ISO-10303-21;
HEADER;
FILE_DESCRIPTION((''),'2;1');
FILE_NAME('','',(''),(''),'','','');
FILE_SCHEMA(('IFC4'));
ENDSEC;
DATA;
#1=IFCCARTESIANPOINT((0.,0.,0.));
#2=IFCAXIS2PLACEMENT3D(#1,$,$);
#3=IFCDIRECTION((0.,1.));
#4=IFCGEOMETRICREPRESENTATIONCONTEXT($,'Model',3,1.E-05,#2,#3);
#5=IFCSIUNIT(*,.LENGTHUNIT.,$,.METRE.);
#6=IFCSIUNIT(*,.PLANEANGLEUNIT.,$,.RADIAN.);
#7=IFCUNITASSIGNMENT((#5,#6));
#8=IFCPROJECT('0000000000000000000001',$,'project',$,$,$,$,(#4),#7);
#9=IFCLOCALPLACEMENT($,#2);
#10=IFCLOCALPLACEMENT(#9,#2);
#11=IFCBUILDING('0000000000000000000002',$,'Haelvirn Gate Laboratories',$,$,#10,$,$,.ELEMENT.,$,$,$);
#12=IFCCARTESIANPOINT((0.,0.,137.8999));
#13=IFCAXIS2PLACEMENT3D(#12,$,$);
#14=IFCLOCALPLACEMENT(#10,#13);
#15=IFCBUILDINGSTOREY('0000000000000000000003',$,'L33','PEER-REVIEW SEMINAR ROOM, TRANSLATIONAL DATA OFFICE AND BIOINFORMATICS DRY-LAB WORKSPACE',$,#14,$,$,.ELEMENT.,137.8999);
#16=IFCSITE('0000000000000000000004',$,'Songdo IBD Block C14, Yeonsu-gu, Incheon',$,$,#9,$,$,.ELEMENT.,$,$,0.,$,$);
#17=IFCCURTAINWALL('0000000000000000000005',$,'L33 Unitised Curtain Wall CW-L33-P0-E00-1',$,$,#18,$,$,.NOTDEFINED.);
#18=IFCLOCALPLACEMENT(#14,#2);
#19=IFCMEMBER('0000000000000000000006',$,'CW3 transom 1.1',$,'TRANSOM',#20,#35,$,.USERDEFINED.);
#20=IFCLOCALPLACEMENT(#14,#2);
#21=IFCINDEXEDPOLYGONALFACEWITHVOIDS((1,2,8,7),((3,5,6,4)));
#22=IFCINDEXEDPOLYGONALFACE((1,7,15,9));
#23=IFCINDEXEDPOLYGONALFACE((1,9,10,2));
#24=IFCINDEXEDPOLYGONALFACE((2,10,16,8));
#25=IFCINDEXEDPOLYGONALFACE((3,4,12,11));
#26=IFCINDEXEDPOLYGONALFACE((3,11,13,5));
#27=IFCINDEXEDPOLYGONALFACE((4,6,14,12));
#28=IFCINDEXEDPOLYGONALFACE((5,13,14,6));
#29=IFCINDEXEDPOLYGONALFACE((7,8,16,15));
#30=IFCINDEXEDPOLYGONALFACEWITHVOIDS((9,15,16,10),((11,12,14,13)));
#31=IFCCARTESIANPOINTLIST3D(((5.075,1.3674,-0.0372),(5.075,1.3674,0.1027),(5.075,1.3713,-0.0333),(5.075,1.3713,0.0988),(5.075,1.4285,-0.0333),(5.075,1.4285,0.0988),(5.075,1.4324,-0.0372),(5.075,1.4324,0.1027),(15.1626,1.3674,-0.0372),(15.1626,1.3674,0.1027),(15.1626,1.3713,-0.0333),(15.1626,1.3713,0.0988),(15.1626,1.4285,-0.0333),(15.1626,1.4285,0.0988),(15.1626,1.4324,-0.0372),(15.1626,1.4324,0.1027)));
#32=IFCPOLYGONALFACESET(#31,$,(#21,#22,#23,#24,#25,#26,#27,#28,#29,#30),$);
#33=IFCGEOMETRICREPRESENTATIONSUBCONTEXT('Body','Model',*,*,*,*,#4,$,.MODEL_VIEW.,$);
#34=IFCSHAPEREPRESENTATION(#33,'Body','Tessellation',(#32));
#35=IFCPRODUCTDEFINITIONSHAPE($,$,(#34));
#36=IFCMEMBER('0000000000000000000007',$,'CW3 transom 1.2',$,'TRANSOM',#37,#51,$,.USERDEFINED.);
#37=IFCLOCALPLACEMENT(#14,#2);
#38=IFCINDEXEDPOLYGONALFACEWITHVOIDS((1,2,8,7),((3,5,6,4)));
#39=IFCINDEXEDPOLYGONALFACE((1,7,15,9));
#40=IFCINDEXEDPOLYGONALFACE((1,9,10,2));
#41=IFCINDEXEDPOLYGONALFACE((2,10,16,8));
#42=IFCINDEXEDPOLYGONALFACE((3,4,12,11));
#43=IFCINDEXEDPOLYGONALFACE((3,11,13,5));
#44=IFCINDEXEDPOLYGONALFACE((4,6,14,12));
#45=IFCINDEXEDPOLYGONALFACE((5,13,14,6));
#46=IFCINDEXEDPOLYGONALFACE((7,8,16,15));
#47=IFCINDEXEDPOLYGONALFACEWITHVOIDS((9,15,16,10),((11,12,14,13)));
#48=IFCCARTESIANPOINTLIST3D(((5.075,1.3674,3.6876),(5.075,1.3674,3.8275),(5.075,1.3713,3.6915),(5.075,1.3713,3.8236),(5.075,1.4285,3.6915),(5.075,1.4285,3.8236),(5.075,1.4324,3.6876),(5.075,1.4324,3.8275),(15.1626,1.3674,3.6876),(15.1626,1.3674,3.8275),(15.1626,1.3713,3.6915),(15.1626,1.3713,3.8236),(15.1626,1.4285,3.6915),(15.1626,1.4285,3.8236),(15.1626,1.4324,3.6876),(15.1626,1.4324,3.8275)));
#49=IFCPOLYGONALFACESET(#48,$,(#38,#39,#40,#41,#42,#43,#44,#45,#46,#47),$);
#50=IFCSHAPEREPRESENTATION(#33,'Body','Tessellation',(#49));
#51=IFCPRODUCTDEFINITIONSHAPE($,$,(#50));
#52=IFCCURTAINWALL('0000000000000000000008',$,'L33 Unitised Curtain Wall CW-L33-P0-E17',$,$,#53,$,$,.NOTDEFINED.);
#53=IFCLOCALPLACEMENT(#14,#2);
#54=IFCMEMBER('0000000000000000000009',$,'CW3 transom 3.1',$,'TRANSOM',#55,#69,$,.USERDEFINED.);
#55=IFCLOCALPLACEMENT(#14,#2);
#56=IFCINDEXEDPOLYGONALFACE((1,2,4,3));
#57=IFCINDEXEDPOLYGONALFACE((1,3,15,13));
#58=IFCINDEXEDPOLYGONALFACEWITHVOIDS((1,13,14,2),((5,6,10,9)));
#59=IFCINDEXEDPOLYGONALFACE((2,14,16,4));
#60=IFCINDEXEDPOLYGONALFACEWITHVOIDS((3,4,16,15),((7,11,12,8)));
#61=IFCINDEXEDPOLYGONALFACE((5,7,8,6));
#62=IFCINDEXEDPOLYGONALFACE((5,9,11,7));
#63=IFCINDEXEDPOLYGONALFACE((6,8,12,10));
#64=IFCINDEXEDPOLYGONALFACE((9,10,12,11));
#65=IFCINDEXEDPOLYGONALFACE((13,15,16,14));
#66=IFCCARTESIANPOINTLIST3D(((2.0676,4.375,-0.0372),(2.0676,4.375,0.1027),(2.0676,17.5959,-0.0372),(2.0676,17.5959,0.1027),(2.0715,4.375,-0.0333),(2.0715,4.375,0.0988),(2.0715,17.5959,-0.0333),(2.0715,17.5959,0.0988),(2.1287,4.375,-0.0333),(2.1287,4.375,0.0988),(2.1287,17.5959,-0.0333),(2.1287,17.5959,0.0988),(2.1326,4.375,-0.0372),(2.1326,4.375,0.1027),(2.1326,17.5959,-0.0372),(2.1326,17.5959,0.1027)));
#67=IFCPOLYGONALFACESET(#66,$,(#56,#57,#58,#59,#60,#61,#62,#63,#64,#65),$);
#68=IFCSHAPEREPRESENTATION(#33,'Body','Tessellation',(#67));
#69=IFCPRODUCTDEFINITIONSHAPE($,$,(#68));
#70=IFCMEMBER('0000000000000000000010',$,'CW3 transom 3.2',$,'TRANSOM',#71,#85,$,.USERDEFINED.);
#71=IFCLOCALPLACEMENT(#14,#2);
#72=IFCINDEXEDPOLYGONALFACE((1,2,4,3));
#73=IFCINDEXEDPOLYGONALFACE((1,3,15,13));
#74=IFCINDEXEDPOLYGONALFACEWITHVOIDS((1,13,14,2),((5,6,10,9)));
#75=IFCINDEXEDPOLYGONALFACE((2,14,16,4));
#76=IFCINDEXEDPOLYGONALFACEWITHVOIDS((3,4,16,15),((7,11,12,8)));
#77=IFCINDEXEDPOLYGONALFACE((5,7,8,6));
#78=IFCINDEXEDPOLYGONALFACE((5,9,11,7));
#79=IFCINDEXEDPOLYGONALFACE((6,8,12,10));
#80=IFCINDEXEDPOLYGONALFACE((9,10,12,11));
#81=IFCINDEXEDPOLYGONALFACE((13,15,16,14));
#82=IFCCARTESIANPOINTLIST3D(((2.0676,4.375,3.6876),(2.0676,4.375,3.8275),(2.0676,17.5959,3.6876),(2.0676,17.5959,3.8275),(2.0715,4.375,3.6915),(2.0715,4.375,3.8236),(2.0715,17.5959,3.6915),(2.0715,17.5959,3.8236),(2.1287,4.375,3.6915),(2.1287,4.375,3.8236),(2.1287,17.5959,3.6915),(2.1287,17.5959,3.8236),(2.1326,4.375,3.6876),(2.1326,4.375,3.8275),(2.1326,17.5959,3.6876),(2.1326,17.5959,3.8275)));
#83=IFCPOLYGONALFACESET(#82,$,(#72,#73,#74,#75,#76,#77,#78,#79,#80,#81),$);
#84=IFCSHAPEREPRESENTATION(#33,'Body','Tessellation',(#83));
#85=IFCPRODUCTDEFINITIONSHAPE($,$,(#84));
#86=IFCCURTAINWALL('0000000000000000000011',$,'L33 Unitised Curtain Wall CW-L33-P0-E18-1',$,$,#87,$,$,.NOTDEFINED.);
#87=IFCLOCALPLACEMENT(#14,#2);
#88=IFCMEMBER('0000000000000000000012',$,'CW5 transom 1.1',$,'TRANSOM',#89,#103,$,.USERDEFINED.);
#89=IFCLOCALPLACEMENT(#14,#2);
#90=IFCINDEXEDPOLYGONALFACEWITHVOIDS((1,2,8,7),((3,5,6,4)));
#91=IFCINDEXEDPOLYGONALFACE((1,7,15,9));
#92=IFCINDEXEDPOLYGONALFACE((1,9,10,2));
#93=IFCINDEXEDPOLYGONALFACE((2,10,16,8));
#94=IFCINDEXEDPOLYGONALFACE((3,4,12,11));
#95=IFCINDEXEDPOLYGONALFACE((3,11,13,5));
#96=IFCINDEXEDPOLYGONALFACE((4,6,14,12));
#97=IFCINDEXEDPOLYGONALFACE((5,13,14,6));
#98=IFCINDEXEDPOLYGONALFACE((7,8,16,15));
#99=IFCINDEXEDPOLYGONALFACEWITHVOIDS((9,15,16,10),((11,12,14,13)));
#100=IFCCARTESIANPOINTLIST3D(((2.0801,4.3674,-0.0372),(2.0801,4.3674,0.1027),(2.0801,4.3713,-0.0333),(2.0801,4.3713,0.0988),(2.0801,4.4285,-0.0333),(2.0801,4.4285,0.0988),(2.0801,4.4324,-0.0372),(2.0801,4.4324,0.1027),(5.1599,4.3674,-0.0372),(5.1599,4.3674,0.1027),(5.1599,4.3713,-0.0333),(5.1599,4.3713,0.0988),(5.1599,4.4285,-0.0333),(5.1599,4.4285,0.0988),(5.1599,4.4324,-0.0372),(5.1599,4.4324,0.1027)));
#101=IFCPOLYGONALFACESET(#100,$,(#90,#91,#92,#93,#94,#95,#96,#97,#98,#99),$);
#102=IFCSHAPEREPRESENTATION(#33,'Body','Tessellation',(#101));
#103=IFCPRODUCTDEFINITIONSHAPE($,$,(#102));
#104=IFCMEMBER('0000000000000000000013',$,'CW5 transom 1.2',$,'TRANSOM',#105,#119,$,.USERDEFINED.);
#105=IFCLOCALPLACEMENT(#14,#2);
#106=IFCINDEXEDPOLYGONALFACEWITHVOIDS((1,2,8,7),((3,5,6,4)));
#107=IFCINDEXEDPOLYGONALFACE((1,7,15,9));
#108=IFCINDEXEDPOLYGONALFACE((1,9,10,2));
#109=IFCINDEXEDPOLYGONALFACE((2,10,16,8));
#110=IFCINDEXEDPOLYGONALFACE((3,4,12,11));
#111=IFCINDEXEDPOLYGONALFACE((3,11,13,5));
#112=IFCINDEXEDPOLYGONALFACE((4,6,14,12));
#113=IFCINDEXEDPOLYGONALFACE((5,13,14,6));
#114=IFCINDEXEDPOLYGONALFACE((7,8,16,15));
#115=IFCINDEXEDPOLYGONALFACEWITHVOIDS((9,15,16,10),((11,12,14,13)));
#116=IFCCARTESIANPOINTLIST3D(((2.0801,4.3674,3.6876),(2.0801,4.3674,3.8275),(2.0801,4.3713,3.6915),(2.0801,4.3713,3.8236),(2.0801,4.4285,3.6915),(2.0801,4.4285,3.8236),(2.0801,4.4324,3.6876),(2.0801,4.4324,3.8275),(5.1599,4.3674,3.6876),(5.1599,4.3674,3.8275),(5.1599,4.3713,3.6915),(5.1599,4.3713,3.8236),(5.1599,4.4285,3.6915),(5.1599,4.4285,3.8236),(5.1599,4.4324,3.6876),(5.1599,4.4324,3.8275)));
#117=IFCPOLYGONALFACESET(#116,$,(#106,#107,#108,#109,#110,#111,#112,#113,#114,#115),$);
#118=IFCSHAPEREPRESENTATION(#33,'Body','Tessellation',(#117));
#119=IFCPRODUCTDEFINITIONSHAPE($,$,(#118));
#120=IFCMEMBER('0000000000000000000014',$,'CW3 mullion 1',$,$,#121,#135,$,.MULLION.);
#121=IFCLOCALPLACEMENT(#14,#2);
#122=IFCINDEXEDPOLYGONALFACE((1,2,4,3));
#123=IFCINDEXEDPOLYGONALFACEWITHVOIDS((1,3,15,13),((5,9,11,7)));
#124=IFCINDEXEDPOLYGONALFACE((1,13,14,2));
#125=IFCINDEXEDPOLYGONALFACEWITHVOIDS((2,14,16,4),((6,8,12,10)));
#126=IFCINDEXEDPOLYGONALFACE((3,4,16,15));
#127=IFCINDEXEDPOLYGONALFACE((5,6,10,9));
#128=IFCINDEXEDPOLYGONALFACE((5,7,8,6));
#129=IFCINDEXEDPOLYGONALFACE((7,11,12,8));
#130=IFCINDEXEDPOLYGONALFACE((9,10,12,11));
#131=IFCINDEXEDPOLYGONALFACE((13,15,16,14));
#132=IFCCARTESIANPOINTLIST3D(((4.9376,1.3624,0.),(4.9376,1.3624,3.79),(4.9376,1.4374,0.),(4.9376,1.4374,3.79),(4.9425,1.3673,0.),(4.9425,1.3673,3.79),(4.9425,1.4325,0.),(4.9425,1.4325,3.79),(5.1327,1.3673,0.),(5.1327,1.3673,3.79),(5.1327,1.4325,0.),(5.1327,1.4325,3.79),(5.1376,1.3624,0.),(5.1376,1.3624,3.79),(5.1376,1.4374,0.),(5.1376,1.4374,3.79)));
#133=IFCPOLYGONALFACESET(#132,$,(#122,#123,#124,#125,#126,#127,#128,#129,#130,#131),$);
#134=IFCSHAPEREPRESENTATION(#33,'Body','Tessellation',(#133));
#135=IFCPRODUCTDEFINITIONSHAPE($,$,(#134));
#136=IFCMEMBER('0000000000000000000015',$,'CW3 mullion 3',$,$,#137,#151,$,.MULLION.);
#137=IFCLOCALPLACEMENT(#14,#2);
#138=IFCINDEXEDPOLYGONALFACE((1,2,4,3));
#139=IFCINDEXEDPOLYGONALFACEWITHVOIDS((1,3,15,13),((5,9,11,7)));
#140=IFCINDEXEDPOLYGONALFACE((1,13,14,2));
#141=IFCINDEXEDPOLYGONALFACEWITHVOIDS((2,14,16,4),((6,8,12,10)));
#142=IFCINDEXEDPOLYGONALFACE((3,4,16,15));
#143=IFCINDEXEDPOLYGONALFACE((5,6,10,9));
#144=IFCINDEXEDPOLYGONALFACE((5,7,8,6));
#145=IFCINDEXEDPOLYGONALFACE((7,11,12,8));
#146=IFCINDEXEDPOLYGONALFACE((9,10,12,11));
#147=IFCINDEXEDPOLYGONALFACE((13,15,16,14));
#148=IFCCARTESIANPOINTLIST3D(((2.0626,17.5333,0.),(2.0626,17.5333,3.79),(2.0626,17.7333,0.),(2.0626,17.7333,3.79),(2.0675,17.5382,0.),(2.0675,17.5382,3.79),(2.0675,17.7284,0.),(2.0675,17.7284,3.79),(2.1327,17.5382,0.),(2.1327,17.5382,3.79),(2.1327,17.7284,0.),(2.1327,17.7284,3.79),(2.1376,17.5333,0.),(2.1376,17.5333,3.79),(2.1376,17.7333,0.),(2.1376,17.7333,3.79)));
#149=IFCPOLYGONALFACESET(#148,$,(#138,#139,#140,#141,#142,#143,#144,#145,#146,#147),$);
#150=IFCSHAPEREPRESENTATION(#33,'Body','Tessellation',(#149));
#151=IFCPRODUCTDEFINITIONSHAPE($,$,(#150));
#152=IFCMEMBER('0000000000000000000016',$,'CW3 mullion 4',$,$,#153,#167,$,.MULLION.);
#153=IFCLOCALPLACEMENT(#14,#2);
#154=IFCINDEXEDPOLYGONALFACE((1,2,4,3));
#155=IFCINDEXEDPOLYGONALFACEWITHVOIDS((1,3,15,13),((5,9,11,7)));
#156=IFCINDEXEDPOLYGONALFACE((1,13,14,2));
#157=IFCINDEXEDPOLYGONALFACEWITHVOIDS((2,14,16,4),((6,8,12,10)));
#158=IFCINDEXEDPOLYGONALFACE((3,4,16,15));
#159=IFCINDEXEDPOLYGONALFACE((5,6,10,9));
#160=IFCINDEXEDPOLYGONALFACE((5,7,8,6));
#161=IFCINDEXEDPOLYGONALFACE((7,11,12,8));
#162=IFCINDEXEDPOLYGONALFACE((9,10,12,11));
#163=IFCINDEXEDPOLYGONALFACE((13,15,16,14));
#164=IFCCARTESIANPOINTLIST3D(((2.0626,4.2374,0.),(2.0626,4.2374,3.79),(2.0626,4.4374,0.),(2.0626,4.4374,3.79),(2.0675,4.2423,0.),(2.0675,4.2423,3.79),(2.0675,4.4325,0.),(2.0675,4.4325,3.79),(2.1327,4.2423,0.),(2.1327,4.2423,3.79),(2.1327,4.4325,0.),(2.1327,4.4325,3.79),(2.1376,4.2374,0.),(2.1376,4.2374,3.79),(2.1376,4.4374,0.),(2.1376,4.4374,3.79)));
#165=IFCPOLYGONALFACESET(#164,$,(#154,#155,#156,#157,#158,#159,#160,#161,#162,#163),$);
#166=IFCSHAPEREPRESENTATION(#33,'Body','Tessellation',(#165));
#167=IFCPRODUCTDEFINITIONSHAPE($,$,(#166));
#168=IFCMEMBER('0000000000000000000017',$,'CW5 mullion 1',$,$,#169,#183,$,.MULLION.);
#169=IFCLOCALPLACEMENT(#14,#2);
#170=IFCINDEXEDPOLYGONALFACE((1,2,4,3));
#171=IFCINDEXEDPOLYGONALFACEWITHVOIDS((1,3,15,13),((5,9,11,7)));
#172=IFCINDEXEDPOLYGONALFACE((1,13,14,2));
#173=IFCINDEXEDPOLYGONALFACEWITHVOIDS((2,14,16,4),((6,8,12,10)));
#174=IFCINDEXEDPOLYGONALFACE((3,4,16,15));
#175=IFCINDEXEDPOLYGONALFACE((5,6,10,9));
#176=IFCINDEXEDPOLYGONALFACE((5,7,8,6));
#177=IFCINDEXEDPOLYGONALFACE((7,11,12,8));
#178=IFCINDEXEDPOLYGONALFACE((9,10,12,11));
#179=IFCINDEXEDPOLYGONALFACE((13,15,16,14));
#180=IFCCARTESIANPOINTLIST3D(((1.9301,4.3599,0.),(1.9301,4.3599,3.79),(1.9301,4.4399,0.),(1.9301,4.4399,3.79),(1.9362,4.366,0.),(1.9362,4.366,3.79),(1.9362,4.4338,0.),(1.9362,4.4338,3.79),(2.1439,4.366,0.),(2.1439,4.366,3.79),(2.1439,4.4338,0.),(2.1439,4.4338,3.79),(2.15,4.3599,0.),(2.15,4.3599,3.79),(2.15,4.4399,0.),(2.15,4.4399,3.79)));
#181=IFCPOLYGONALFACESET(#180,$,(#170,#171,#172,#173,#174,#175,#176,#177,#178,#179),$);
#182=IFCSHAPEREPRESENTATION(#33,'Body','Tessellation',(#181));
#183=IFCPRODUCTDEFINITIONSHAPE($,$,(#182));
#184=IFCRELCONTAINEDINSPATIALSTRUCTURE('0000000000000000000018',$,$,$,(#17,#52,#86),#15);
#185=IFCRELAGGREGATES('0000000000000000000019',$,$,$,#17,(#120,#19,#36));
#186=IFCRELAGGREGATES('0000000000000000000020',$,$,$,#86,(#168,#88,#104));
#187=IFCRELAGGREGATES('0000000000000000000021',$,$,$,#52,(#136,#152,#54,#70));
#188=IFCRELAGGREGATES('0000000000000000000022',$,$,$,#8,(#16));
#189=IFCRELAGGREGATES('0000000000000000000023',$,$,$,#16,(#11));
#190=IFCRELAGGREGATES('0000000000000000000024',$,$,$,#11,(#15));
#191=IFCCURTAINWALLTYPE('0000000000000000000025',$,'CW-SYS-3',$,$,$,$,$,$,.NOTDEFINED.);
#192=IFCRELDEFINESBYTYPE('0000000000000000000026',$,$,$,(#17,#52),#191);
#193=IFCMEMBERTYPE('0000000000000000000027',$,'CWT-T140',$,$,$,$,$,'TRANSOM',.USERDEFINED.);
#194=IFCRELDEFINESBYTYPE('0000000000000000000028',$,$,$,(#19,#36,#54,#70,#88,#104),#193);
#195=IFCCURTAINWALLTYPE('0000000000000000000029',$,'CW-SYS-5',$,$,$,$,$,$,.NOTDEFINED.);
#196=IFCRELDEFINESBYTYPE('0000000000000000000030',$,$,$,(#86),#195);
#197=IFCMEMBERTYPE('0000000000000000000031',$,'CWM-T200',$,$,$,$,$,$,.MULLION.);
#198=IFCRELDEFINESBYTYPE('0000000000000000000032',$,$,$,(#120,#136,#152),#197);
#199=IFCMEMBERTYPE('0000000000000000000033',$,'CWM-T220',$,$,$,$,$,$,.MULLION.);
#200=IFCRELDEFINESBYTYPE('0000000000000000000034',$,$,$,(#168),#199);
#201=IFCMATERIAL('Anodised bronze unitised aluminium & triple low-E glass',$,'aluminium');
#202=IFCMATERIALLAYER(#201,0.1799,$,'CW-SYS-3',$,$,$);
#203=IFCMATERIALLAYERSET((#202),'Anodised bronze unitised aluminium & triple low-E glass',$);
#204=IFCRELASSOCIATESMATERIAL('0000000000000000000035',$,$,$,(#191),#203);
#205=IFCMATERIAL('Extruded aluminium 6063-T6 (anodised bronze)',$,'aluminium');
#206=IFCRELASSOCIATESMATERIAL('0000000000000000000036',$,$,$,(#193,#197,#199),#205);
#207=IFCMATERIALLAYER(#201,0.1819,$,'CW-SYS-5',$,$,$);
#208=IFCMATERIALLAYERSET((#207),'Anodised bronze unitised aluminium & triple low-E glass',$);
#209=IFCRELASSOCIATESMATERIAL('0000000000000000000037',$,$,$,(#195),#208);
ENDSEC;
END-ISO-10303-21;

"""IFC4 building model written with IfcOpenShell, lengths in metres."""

from ifc_helpers import new_model, si_unit, direction, frame, origin, origin_2d, place, context, subcontext, project, spatial, hollow_rectangle, extrude, source, transform, mapped, material, layer, layer_set, material_profile, profile_set, type_object, type_shapes, element, aggregate, save


model = new_model("IFC4")

# Units and contexts
model_context = context("Model", 3, precision=1e-05, world=origin(), true_north=direction((0.0, 1.0)))
body_context = subcontext(model_context, "Body", "Model", "MODEL_VIEW")
ifc_project = project(units=[si_unit("LENGTHUNIT", "METRE"), si_unit("PLANEANGLEUNIT", "RADIAN")], contexts=[model_context])

# Site, building, storey
site_placement = place(None, origin())
site = spatial("IfcSite", under=ifc_project, at=site_placement, Name="Songdo IBD Block C14, Yeonsu-gu, Incheon", CompositionType="ELEMENT", RefElevation=0.0)
building_placement = place(site_placement, origin())
building = spatial("IfcBuilding", under=site, at=building_placement, Name="Haelvirn Gate Laboratories", CompositionType="ELEMENT")
storey_placement = place(building_placement, frame((0.0, 0.0, 137.8999)))
storey = spatial("IfcBuildingStorey", under=building, at=storey_placement, Name="L33", Description="PEER-REVIEW SEMINAR ROOM, TRANSLATIONAL DATA OFFICE AND BIOINFORMATICS DRY-LAB WORKSPACE", CompositionType="ELEMENT", Elevation=137.8999)

# Curtain walls, members
ifc_material_1 = material(Name="Anodised bronze unitised aluminium & triple low-E glass", Category="aluminium")
ifc_layer_1 = layer(ifc_material_1, 0.1799, Name="CW-SYS-3")
ifc_layer_set_1 = layer_set([ifc_layer_1], Name="Anodised bronze unitised aluminium & triple low-E glass")
curtain_wall_type_1 = type_object("IfcCurtainWallType", Name="CW-SYS-3", PredefinedType="NOTDEFINED", material=ifc_layer_set_1)
curtain_wall_1_placement = place(storey_placement, origin())
curtain_wall_1 = element("IfcCurtainWall", 1, at=curtain_wall_1_placement, inside=storey, type_object=curtain_wall_type_1, Name="L33 Unitised Curtain Wall CW-L33-P0-E00-1", PredefinedType="NOTDEFINED")
ifc_material_2 = material(Name="Extruded aluminium 6063-T6 (anodised bronze)", Category="aluminium")
ifc_material_profile_1 = material_profile(ifc_material_2, hollow_rectangle(XDim=0.0649, YDim=0.1399, WallThickness=0.0039, at=origin_2d()), Name="CWT-140x65x4")
ifc_profile_set_1 = profile_set([ifc_material_profile_1], Name="Extruded aluminium 6063-T6 (anodised bronze)")
member_type_1 = type_object("IfcMemberType", Name="CWT-T140", ElementType="TRANSOM", PredefinedType="USERDEFINED", material=ifc_profile_set_1)
shared_shape_1 = source(origin(), body_context, "Body", "SweptSolid", [
    extrude(hollow_rectangle(XDim=0.0649, YDim=0.1399, WallThickness=0.0039, at=origin_2d()), origin(), (0.0, 0.0, 1.0), 10.0876),
])
member_1_placement = place(storey_placement, frame((5.075, 1.3999, 0.0327), z_axis=(1.0, 0.0, 0.0), x_axis=(0.0, 1.0, 0.0)))
member_1 = element("IfcMember", 2, at=member_1_placement, type_object=member_type_1, Name="CW3 transom 1.1", ObjectType="TRANSOM", PredefinedType="USERDEFINED", context=body_context, shape_type="MappedRepresentation", body=[
    mapped(shared_shape_1, transform((0.0, 0.0, 0.0), scale=1.0)),
])
member_2_placement = place(storey_placement, frame((5.075, 1.3999, 3.7576), z_axis=(1.0, 0.0, 0.0), x_axis=(0.0, 1.0, 0.0)))
member_2 = element("IfcMember", 3, at=member_2_placement, type_object=member_type_1, Name="CW3 transom 1.2", ObjectType="TRANSOM", PredefinedType="USERDEFINED", context=body_context, shape_type="MappedRepresentation", body=[
    mapped(shared_shape_1, transform((0.0, 0.0, 0.0), scale=1.0)),
])
curtain_wall_2_placement = place(storey_placement, origin())
curtain_wall_2 = element("IfcCurtainWall", 4, at=curtain_wall_2_placement, inside=storey, type_object=curtain_wall_type_1, Name="L33 Unitised Curtain Wall CW-L33-P0-E17", PredefinedType="NOTDEFINED")
shared_shape_2 = source(origin(), body_context, "Body", "SweptSolid", [
    extrude(hollow_rectangle(XDim=0.0649, YDim=0.1399, WallThickness=0.0039, at=origin_2d()), origin(), (0.0, 0.0, 1.0), 13.2209),
])
member_3_placement = place(storey_placement, frame((2.1001, 17.5959, 0.0327), z_axis=(0.0, -1.0, 0.0), x_axis=(1.0, 0.0, 0.0)))
member_3 = element("IfcMember", 5, at=member_3_placement, type_object=member_type_1, Name="CW3 transom 3.1", ObjectType="TRANSOM", PredefinedType="USERDEFINED", context=body_context, shape_type="MappedRepresentation", body=[
    mapped(shared_shape_2, transform((0.0, 0.0, 0.0), scale=1.0)),
])
member_4_placement = place(storey_placement, frame((2.1001, 17.5959, 3.7576), z_axis=(0.0, -1.0, 0.0), x_axis=(1.0, 0.0, 0.0)))
member_4 = element("IfcMember", 6, at=member_4_placement, type_object=member_type_1, Name="CW3 transom 3.2", ObjectType="TRANSOM", PredefinedType="USERDEFINED", context=body_context, shape_type="MappedRepresentation", body=[
    mapped(shared_shape_2, transform((0.0, 0.0, 0.0), scale=1.0)),
])
ifc_layer_2 = layer(ifc_material_1, 0.1819, Name="CW-SYS-5")
ifc_layer_set_2 = layer_set([ifc_layer_2], Name="Anodised bronze unitised aluminium & triple low-E glass")
curtain_wall_type_2 = type_object("IfcCurtainWallType", Name="CW-SYS-5", PredefinedType="NOTDEFINED", material=ifc_layer_set_2)
curtain_wall_3_placement = place(storey_placement, origin())
curtain_wall_3 = element("IfcCurtainWall", 7, at=curtain_wall_3_placement, inside=storey, type_object=curtain_wall_type_2, Name="L33 Unitised Curtain Wall CW-L33-P0-E18-1", PredefinedType="NOTDEFINED")
shared_shape_3 = source(origin(), body_context, "Body", "SweptSolid", [
    extrude(hollow_rectangle(XDim=0.0649, YDim=0.1399, WallThickness=0.0039, at=origin_2d()), origin(), (0.0, 0.0, 1.0), 3.0798),
])
type_shapes(member_type_1, [shared_shape_1, shared_shape_2, shared_shape_3])
member_5_placement = place(storey_placement, frame((2.0801, 4.3999, 0.0327), z_axis=(1.0, 0.0, 0.0), x_axis=(0.0, 1.0, 0.0)))
member_5 = element("IfcMember", 8, at=member_5_placement, type_object=member_type_1, Name="CW5 transom 1.1", ObjectType="TRANSOM", PredefinedType="USERDEFINED", context=body_context, shape_type="MappedRepresentation", body=[
    mapped(shared_shape_3, transform((0.0, 0.0, 0.0), scale=1.0)),
])
member_6_placement = place(storey_placement, frame((2.0801, 4.3999, 3.7576), z_axis=(1.0, 0.0, 0.0), x_axis=(0.0, 1.0, 0.0)))
member_6 = element("IfcMember", 9, at=member_6_placement, type_object=member_type_1, Name="CW5 transom 1.2", ObjectType="TRANSOM", PredefinedType="USERDEFINED", context=body_context, shape_type="MappedRepresentation", body=[
    mapped(shared_shape_3, transform((0.0, 0.0, 0.0), scale=1.0)),
])

# Members
ifc_material_profile_2 = material_profile(ifc_material_2, hollow_rectangle(XDim=0.075, YDim=0.2, WallThickness=0.0049, at=origin_2d()), Name="CWM-200x75x5")
ifc_profile_set_2 = profile_set([ifc_material_profile_2], Name="Extruded aluminium 6063-T6 (anodised bronze)")
member_type_2 = type_object("IfcMemberType", Name="CWM-T200", PredefinedType="MULLION", material=ifc_profile_set_2)
shared_shape_4 = source(origin(), body_context, "Body", "SweptSolid", [
    extrude(hollow_rectangle(XDim=0.075, YDim=0.2, WallThickness=0.0049, at=origin_2d()), origin(), (0.0, 0.0, 1.0), 3.79),
])
type_shapes(member_type_2, [shared_shape_4])
member_7_placement = place(storey_placement, frame((5.0376, 1.3999, 0.0), z_axis=(0.0, 0.0, 1.0), x_axis=(0.0, 1.0, 0.0)))
member_7 = element("IfcMember", 10, at=member_7_placement, type_object=member_type_2, Name="CW3 mullion 1", PredefinedType="MULLION", context=body_context, shape_type="MappedRepresentation", body=[
    mapped(shared_shape_4, transform((0.0, 0.0, 0.0), scale=1.0)),
])
aggregate(curtain_wall_1, [member_7, member_1, member_2])
member_8_placement = place(storey_placement, frame((2.1001, 17.6333, 0.0), z_axis=(0.0, 0.0, 1.0), x_axis=(1.0, 0.0, 0.0)))
member_8 = element("IfcMember", 11, at=member_8_placement, type_object=member_type_2, Name="CW3 mullion 3", PredefinedType="MULLION", context=body_context, shape_type="MappedRepresentation", body=[
    mapped(shared_shape_4, transform((0.0, 0.0, 0.0), scale=1.0)),
])
member_9_placement = place(storey_placement, frame((2.1001, 4.3374, 0.0), z_axis=(0.0, 0.0, 1.0), x_axis=(1.0, 0.0, 0.0)))
member_9 = element("IfcMember", 12, at=member_9_placement, type_object=member_type_2, Name="CW3 mullion 4", PredefinedType="MULLION", context=body_context, shape_type="MappedRepresentation", body=[
    mapped(shared_shape_4, transform((0.0, 0.0, 0.0), scale=1.0)),
])
ifc_material_profile_3 = material_profile(ifc_material_2, hollow_rectangle(XDim=0.0801, YDim=0.22, WallThickness=0.0061, at=origin_2d()), Name="CWM-220x80x6")
ifc_profile_set_3 = profile_set([ifc_material_profile_3], Name="Extruded aluminium 6063-T6 (anodised bronze)")
member_type_3 = type_object("IfcMemberType", Name="CWM-T220", PredefinedType="MULLION", material=ifc_profile_set_3)
shared_shape_5 = source(origin(), body_context, "Body", "SweptSolid", [
    extrude(hollow_rectangle(XDim=0.0801, YDim=0.22, WallThickness=0.0061, at=origin_2d()), origin(), (0.0, 0.0, 1.0), 3.79),
])
type_shapes(member_type_3, [shared_shape_5])
member_10_placement = place(storey_placement, frame((2.04, 4.3999, 0.0), z_axis=(0.0, 0.0, 1.0), x_axis=(0.0, 1.0, 0.0)))
member_10 = element("IfcMember", 13, at=member_10_placement, type_object=member_type_3, Name="CW5 mullion 1", PredefinedType="MULLION", context=body_context, shape_type="MappedRepresentation", body=[
    mapped(shared_shape_5, transform((0.0, 0.0, 0.0), scale=1.0)),
])

aggregate(curtain_wall_3, [member_10, member_5, member_6])
aggregate(curtain_wall_2, [member_8, member_9, member_3, member_4])

save(model, "model.ifc")
